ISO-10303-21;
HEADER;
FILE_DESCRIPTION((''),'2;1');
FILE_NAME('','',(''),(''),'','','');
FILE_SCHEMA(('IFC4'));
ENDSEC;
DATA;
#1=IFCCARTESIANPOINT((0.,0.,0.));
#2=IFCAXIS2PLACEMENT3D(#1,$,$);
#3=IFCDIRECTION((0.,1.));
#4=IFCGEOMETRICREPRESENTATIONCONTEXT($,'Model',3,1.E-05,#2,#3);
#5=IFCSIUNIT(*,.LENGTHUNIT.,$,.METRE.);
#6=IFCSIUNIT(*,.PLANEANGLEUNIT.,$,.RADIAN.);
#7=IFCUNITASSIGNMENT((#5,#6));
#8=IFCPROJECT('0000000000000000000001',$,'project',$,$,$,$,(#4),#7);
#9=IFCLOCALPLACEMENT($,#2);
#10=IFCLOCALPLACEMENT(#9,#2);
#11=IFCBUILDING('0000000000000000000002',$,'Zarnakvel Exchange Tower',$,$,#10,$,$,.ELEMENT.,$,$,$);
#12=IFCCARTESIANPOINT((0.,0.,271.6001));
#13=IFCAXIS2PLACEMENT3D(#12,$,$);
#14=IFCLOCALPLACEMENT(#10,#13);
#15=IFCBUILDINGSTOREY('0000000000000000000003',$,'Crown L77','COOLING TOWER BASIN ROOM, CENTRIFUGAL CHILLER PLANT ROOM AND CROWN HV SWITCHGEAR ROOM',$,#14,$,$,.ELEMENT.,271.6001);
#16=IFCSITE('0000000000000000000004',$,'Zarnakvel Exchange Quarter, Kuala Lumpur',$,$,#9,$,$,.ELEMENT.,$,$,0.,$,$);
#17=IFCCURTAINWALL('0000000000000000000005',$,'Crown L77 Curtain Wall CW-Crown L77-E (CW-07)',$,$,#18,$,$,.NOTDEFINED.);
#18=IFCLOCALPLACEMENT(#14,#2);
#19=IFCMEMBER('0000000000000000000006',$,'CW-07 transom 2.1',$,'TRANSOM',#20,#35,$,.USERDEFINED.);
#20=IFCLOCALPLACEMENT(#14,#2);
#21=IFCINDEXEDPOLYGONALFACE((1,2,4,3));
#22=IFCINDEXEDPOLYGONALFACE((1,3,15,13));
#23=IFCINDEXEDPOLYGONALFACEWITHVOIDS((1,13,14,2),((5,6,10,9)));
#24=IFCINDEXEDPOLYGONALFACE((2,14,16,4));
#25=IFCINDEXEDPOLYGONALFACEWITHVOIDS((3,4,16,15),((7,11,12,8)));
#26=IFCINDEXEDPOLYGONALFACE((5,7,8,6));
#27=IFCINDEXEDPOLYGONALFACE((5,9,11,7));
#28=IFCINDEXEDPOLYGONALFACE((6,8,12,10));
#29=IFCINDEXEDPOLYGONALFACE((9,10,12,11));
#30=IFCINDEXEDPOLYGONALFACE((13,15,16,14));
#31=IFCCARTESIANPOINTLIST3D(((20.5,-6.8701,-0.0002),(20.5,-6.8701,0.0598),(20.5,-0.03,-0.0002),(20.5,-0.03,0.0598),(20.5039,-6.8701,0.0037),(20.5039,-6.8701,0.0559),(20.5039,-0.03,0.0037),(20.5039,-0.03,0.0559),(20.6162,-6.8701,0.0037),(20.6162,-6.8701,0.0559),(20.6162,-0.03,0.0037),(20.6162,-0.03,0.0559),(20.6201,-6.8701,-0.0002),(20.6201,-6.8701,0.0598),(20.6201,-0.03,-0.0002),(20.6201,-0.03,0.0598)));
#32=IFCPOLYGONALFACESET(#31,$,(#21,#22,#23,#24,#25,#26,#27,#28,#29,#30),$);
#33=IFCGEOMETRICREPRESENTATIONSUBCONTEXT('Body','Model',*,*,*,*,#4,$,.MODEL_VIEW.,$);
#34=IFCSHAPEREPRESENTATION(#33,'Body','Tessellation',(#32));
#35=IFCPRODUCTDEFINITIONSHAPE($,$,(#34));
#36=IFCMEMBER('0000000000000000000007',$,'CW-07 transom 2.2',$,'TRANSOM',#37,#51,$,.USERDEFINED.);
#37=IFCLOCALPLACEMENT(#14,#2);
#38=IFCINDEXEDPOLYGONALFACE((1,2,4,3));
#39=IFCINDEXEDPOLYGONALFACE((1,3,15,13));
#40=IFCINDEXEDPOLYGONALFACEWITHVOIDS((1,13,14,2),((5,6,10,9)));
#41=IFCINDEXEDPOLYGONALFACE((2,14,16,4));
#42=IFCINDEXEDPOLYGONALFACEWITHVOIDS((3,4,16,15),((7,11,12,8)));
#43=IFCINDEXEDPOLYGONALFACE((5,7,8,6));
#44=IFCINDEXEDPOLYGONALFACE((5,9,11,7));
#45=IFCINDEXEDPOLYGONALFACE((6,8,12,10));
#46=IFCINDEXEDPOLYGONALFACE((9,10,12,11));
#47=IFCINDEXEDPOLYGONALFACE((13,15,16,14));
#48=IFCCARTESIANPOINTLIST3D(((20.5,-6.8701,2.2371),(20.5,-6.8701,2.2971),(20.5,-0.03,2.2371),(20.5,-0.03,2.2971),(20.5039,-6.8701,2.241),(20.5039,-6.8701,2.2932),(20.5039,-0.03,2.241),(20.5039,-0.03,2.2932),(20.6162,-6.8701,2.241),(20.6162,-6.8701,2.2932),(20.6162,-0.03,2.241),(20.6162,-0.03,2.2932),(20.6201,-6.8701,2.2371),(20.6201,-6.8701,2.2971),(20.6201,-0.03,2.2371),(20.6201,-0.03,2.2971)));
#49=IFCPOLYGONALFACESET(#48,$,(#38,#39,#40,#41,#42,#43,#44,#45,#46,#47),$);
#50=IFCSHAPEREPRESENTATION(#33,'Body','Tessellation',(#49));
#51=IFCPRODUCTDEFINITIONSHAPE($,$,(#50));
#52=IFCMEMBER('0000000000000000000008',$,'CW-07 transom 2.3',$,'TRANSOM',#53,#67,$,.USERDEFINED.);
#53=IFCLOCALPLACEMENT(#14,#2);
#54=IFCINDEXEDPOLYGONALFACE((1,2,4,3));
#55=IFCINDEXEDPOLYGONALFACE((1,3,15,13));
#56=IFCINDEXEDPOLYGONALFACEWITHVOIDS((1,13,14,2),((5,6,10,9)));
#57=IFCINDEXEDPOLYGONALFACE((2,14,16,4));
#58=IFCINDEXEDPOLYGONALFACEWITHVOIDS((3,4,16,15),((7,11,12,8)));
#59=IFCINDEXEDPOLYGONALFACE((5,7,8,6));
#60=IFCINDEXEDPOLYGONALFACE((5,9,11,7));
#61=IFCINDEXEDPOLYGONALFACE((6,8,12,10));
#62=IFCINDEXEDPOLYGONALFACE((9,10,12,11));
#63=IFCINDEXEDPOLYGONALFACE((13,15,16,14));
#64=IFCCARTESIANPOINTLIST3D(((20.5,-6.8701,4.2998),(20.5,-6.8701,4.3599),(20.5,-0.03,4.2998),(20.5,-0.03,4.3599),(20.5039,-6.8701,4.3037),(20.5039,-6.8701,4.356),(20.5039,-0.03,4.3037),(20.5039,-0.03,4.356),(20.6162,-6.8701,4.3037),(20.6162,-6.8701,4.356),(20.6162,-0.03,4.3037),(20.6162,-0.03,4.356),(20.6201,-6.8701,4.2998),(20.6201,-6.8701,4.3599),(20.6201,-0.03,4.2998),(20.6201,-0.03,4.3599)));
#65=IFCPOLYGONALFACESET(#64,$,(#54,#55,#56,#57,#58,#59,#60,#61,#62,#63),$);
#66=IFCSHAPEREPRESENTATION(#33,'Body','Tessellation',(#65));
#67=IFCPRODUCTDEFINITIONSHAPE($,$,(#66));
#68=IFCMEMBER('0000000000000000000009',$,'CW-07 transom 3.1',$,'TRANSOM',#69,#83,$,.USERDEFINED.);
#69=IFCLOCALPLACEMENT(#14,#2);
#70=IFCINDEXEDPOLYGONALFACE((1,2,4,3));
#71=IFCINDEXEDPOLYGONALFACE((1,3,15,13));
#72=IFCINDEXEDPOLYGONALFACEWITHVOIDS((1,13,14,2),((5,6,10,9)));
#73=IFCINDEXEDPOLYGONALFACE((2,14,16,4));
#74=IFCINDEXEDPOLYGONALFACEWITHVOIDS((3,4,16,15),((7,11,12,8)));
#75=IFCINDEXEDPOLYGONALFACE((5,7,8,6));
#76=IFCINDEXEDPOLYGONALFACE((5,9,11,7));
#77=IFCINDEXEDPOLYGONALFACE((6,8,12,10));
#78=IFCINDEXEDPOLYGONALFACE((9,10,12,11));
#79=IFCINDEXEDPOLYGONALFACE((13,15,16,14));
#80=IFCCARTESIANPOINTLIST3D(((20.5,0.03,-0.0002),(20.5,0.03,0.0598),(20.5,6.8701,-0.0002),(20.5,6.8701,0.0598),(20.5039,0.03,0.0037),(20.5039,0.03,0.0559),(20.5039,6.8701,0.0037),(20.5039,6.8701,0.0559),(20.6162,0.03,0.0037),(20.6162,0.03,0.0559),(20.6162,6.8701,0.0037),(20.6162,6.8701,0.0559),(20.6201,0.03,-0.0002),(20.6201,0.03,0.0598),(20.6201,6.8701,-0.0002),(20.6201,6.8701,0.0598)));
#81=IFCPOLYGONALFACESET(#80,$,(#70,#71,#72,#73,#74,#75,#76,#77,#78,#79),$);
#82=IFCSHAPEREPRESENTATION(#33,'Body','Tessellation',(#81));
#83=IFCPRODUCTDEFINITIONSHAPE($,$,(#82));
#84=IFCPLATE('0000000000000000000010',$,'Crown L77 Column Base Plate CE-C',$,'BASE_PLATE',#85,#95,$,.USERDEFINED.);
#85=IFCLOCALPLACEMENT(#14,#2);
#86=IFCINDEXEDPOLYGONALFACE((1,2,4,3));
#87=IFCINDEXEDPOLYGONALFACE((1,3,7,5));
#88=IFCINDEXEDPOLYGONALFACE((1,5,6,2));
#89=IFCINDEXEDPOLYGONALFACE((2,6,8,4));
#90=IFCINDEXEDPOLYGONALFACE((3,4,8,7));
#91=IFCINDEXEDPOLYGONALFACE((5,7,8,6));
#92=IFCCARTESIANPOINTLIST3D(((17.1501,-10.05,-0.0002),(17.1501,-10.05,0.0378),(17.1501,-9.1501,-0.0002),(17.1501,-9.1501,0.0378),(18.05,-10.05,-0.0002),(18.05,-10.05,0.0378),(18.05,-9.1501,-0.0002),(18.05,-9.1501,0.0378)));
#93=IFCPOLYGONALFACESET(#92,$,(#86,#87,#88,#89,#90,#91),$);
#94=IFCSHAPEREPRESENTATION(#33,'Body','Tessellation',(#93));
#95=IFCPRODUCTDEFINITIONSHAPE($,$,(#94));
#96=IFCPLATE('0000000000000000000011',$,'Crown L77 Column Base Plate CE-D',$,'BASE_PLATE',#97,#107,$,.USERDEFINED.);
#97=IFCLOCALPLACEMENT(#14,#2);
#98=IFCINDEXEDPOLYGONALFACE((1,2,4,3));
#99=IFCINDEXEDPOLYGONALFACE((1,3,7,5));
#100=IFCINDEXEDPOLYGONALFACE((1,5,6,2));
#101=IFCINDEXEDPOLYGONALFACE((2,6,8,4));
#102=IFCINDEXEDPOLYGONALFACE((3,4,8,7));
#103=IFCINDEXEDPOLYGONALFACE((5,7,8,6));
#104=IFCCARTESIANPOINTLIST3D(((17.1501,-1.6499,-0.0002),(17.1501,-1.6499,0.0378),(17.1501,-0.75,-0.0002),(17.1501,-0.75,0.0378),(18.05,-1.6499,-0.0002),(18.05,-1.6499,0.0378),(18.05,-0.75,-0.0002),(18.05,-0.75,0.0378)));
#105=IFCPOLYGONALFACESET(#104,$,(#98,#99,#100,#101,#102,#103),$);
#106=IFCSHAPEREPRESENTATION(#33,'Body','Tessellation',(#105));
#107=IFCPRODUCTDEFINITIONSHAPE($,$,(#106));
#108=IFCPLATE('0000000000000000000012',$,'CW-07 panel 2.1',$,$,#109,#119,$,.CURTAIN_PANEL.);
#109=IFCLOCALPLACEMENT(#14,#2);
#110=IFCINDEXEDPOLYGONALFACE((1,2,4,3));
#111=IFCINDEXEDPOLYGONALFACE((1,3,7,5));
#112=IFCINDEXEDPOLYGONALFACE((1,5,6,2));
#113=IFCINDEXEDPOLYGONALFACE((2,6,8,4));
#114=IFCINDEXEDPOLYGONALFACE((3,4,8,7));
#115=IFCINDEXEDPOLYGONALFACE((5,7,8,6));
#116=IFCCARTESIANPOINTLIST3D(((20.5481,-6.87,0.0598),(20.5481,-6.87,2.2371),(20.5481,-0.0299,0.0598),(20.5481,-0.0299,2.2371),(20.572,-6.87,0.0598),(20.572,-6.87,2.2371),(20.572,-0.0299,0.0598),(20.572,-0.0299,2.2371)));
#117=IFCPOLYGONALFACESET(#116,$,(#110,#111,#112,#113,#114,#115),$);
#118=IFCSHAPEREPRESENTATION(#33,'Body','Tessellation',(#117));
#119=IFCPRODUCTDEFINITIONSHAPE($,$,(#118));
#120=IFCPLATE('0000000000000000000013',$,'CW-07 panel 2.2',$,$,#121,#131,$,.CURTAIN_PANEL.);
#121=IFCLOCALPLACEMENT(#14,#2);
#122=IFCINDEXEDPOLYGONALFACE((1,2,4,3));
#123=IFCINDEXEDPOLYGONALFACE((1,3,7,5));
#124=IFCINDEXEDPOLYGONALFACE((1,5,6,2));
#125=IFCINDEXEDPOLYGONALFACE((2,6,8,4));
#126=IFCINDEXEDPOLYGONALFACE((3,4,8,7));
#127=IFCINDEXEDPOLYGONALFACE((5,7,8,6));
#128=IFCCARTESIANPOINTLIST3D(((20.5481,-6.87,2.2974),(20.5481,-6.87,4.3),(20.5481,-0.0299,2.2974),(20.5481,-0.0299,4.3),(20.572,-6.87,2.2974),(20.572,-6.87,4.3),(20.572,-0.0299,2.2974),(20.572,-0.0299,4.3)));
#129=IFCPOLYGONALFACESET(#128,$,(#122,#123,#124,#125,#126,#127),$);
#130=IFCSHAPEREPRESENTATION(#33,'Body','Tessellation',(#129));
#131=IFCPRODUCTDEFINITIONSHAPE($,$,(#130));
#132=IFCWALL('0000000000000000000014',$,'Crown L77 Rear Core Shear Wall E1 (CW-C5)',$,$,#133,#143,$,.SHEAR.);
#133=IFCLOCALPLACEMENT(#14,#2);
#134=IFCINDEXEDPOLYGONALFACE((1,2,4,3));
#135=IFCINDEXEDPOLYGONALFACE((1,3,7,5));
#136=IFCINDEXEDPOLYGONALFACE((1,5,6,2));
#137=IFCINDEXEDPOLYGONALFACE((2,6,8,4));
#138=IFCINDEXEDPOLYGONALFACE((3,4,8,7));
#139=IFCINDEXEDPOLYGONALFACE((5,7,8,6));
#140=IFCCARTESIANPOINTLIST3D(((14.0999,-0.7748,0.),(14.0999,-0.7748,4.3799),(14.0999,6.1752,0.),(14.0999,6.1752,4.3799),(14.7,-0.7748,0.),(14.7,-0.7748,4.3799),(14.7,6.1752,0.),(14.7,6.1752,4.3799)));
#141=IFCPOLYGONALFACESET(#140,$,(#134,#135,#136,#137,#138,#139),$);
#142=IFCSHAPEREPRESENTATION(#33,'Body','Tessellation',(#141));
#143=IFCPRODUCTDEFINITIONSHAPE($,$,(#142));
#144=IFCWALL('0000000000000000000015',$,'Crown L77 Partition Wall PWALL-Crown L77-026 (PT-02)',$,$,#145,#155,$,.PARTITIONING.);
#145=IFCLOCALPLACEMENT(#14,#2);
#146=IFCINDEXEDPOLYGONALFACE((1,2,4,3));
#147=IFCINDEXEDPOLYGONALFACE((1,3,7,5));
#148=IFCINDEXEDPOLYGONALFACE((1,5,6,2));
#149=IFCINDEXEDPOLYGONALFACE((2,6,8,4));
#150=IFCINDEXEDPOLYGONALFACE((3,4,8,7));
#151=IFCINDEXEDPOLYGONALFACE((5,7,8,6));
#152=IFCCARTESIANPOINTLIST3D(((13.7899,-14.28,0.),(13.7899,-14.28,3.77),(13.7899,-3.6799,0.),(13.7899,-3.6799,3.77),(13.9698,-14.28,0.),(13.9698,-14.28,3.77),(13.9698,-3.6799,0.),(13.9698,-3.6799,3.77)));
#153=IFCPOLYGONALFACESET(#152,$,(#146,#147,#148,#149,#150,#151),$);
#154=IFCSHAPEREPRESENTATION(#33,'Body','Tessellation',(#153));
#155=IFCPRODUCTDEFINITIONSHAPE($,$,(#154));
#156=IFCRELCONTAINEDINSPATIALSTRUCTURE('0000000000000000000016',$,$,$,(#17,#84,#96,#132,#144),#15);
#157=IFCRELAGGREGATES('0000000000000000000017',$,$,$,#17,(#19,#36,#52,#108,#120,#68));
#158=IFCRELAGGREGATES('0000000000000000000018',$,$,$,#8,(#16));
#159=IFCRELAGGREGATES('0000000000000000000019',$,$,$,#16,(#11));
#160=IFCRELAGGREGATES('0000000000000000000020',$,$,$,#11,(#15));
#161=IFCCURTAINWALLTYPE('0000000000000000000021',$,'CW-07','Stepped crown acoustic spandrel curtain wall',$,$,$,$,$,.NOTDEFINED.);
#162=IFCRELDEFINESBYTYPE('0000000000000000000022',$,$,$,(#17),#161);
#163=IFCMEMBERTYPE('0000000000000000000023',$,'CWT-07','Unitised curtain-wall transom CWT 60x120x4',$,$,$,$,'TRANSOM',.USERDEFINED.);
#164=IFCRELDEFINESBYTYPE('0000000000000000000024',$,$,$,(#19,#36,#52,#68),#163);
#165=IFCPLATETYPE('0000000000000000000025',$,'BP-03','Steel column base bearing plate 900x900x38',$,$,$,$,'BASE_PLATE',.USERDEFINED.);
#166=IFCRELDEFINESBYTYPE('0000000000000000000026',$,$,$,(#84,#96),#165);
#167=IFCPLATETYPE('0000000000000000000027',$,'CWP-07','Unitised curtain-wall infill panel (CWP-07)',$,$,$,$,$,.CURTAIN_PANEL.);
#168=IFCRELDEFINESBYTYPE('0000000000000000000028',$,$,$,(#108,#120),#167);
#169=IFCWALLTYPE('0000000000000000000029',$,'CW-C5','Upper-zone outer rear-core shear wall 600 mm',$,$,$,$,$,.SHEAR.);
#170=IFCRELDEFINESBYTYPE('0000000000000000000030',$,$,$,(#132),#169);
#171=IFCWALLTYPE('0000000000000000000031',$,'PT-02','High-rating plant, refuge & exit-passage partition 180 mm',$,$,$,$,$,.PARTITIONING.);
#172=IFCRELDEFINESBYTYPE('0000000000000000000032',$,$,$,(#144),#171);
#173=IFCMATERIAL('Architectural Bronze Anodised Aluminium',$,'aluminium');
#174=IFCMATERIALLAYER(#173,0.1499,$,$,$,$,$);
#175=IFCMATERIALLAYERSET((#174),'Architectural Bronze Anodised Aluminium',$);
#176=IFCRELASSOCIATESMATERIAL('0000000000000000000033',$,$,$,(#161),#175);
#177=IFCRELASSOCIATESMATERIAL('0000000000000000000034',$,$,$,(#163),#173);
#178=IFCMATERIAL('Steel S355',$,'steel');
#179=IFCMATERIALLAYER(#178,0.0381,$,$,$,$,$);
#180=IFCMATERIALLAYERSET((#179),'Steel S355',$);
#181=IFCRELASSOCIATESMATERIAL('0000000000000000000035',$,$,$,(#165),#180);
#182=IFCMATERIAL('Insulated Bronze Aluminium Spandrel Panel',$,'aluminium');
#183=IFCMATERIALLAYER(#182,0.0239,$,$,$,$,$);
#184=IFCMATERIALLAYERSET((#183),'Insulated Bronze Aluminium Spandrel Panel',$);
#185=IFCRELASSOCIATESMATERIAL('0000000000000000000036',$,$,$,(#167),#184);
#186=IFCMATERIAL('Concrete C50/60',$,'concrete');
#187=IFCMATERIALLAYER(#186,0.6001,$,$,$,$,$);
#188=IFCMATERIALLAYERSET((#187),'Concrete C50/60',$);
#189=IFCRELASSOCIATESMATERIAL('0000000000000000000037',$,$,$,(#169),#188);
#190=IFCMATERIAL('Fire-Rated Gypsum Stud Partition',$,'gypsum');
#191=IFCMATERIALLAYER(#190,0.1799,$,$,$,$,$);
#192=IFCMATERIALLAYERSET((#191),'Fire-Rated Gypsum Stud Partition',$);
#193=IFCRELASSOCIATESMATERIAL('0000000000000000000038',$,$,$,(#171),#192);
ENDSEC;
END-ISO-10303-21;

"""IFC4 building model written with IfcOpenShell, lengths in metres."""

from ifc_helpers import new_model, si_unit, direction, frame, frame_2d, origin, origin_2d, place, context, subcontext, project, spatial, rectangle, hollow_rectangle, extrude, source, transform, mapped, material, layer, layer_set, material_profile, profile_set, type_object, element, aggregate, save


model = new_model("IFC4")

# Units and contexts
model_context = context("Model", 3, precision=1e-05, world=origin(), true_north=direction((0.0, 1.0)))
body_context = subcontext(model_context, "Body", "Model", "MODEL_VIEW")
ifc_project = project(units=[si_unit("LENGTHUNIT", "METRE"), si_unit("PLANEANGLEUNIT", "RADIAN")], contexts=[model_context])

# Site, building, storey
site_placement = place(None, origin())
site = spatial("IfcSite", under=ifc_project, at=site_placement, Name="Zarnakvel Exchange Quarter, Kuala Lumpur", CompositionType="ELEMENT", RefElevation=0.0)
building_placement = place(site_placement, origin())
building = spatial("IfcBuilding", under=site, at=building_placement, Name="Zarnakvel Exchange Tower", CompositionType="ELEMENT")
storey_placement = place(building_placement, frame((0.0, 0.0, 271.6001)))
storey = spatial("IfcBuildingStorey", under=building, at=storey_placement, Name="Crown L77", Description="COOLING TOWER BASIN ROOM, CENTRIFUGAL CHILLER PLANT ROOM AND CROWN HV SWITCHGEAR ROOM", CompositionType="ELEMENT", Elevation=271.6001)

# Shared definitions
ifc_material_1 = material(Name="Concrete C50/60", Category="concrete")
ifc_material_2 = material(Name="Steel S355", Category="steel")

# Curtain wall, members
ifc_material_3 = material(Name="Architectural Bronze Anodised Aluminium", Category="aluminium")
ifc_layer_1 = layer(ifc_material_3, 0.1499)
ifc_layer_set_1 = layer_set([ifc_layer_1], Name="Architectural Bronze Anodised Aluminium")
curtain_wall_type = type_object("IfcCurtainWallType", Name="CW-07", Description="Stepped crown acoustic spandrel curtain wall", PredefinedType="NOTDEFINED", material=ifc_layer_set_1)
curtain_wall_placement = place(storey_placement, origin())
curtain_wall = element("IfcCurtainWall", 1, at=curtain_wall_placement, inside=storey, type_object=curtain_wall_type, Name="Crown L77 Curtain Wall CW-Crown L77-E (CW-07)", PredefinedType="NOTDEFINED")
ifc_material_profile_1 = material_profile(ifc_material_3, hollow_rectangle(XDim=0.1201, YDim=0.0601, WallThickness=0.0039, at=origin_2d()))
ifc_profile_set_1 = profile_set([ifc_material_profile_1], Name="Architectural Bronze Anodised Aluminium")
member_type_1 = type_object("IfcMemberType", Name="CWT-07", Description="Unitised curtain-wall transom CWT 60x120x4", ElementType="TRANSOM", PredefinedType="USERDEFINED", material=ifc_profile_set_1)
shared_shape_1 = source(origin(), body_context, "Body", "SweptSolid", [
    extrude(hollow_rectangle(XDim=0.1201, YDim=0.0601, WallThickness=0.0039, at=origin_2d()), origin(), (0.0, 0.0, 1.0), 6.8401),
])
member_1_placement = place(storey_placement, frame((20.5601, -6.8701, 0.0298), z_axis=(0.0, 1.0, 0.0), x_axis=(-1.0, 0.0, 0.0)))
member_1 = element("IfcMember", 2, at=member_1_placement, type_object=member_type_1, Name="CW-07 transom 2.1", ObjectType="TRANSOM", PredefinedType="USERDEFINED", context=body_context, shape_type="MappedRepresentation", body=[
    mapped(shared_shape_1, transform((0.0, 0.0, 0.0), x_axis=(1.0, 0.0, 0.0), y_axis=(0.0, 1.0, 0.0), z_axis=(0.0, 0.0, 1.0), scale=1.0)),
])
member_2_placement = place(storey_placement, frame((20.5601, -6.8701, 2.2671), z_axis=(0.0, 1.0, 0.0), x_axis=(-1.0, 0.0, 0.0)))
member_2 = element("IfcMember", 3, at=member_2_placement, type_object=member_type_1, Name="CW-07 transom 2.2", ObjectType="TRANSOM", PredefinedType="USERDEFINED", context=body_context, shape_type="MappedRepresentation", body=[
    mapped(shared_shape_1, transform((0.0, 0.0, 0.0), x_axis=(1.0, 0.0, 0.0), y_axis=(0.0, 1.0, 0.0), z_axis=(0.0, 0.0, 1.0), scale=1.0)),
])
member_3_placement = place(storey_placement, frame((20.5601, -6.8701, 4.3298), z_axis=(0.0, 1.0, 0.0), x_axis=(-1.0, 0.0, 0.0)))
member_3 = element("IfcMember", 4, at=member_3_placement, type_object=member_type_1, Name="CW-07 transom 2.3", ObjectType="TRANSOM", PredefinedType="USERDEFINED", context=body_context, shape_type="MappedRepresentation", body=[
    mapped(shared_shape_1, transform((0.0, 0.0, 0.0), x_axis=(1.0, 0.0, 0.0), y_axis=(0.0, 1.0, 0.0), z_axis=(0.0, 0.0, 1.0), scale=1.0)),
])
member_4_placement = place(storey_placement, frame((20.5601, 0.03, 0.0298), z_axis=(0.0, 1.0, 0.0), x_axis=(-1.0, 0.0, 0.0)))
member_4 = element("IfcMember", 5, at=member_4_placement, type_object=member_type_1, Name="CW-07 transom 3.1", ObjectType="TRANSOM", PredefinedType="USERDEFINED", context=body_context, shape_type="MappedRepresentation", body=[
    mapped(shared_shape_1, transform((0.0, 0.0, 0.0), x_axis=(1.0, 0.0, 0.0), y_axis=(0.0, 1.0, 0.0), z_axis=(0.0, 0.0, 1.0), scale=1.0)),
])

# Plates
ifc_layer_2 = layer(ifc_material_2, 0.0381)
ifc_layer_set_2 = layer_set([ifc_layer_2], Name="Steel S355")
plate_type_1 = type_object("IfcPlateType", Name="BP-03", Description="Steel column base bearing plate 900x900x38", ElementType="BASE_PLATE", PredefinedType="USERDEFINED", material=ifc_layer_set_2)
shared_shape_2 = source(origin(), body_context, "Body", "SweptSolid", [
    extrude(rectangle(XDim=0.8999, YDim=0.8999, at=origin_2d()), origin(), (0.0, 0.0, 1.0), 0.0381),
])
for number, where, z_axis, x_axis, name in (
    (6, (17.6001, -9.6001, -0.0002), (0.0, 0.0, 1.0), (1.0, 0.0, 0.0), "Crown L77 Column Base Plate CE-C"),
    (7, (17.6001, -1.2, -0.0002), (0.0, 0.0, 1.0), (1.0, 0.0, 0.0), "Crown L77 Column Base Plate CE-D"),
):
    element("IfcPlate", number, at=place(storey_placement, frame(where, z_axis=z_axis, x_axis=x_axis)), inside=storey, type_object=plate_type_1, Name=name, ObjectType="BASE_PLATE", PredefinedType="USERDEFINED", context=body_context, shape_type="MappedRepresentation", body=[
        mapped(shared_shape_2, transform((0.0, 0.0, 0.0), x_axis=(1.0, 0.0, 0.0), y_axis=(0.0, 1.0, 0.0), z_axis=(0.0, 0.0, 1.0), scale=1.0)),
    ])

# Plates
ifc_material_4 = material(Name="Insulated Bronze Aluminium Spandrel Panel", Category="aluminium")
ifc_layer_3 = layer(ifc_material_4, 0.0239)
ifc_layer_set_3 = layer_set([ifc_layer_3], Name="Insulated Bronze Aluminium Spandrel Panel")
plate_type_2 = type_object("IfcPlateType", Name="CWP-07", Description="Unitised curtain-wall infill panel (CWP-07)", PredefinedType="CURTAIN_PANEL", material=ifc_layer_set_3)
shared_shape_3 = source(origin(), body_context, "Body", "SweptSolid", [
    extrude(rectangle(XDim=6.8401, YDim=0.0239, at=origin_2d()), origin(), (0.0, 0.0, 1.0), 2.1772),
])
plate_1_placement = place(storey_placement, frame((20.5601, -3.45, 0.0598), z_axis=(0.0, 0.0, 1.0), x_axis=(0.0, 1.0, 0.0)))
plate_1 = element("IfcPlate", 8, at=plate_1_placement, type_object=plate_type_2, Name="CW-07 panel 2.1", PredefinedType="CURTAIN_PANEL", context=body_context, shape_type="MappedRepresentation", body=[
    mapped(shared_shape_3, transform((0.0, 0.0, 0.0), x_axis=(1.0, 0.0, 0.0), y_axis=(0.0, 1.0, 0.0), z_axis=(0.0, 0.0, 1.0), scale=1.0)),
])
shared_shape_4 = source(origin(), body_context, "Body", "SweptSolid", [
    extrude(rectangle(XDim=6.8401, YDim=0.0239, at=origin_2d()), origin(), (0.0, 0.0, 1.0), 2.0027),
])
plate_2_placement = place(storey_placement, frame((20.5601, -3.45, 2.2974), z_axis=(0.0, 0.0, 1.0), x_axis=(0.0, 1.0, 0.0)))
plate_2 = element("IfcPlate", 9, at=plate_2_placement, type_object=plate_type_2, Name="CW-07 panel 2.2", PredefinedType="CURTAIN_PANEL", context=body_context, shape_type="MappedRepresentation", body=[
    mapped(shared_shape_4, transform((0.0, 0.0, 0.0), x_axis=(1.0, 0.0, 0.0), y_axis=(0.0, 1.0, 0.0), z_axis=(0.0, 0.0, 1.0), scale=1.0)),
])
aggregate(curtain_wall, [member_1, member_2, member_3, plate_1, plate_2, member_4])

# Wall
ifc_layer_4 = layer(ifc_material_1, 0.6001)
ifc_layer_set_4 = layer_set([ifc_layer_4], Name="Concrete C50/60")
wall_type_1 = type_object("IfcWallType", Name="CW-C5", Description="Upper-zone outer rear-core shear wall 600 mm", PredefinedType="SHEAR", material=ifc_layer_set_4)
wall_1_placement = place(storey_placement, frame((14.3999, -0.7749, 0.0), z_axis=(0.0, 0.0, 1.0), x_axis=(0.0, 1.0, 0.0)))
element("IfcWall", 10, at=wall_1_placement, inside=storey, type_object=wall_type_1, Name="Crown L77 Rear Core Shear Wall E1 (CW-C5)", PredefinedType="SHEAR", context=body_context, shape_type="SweptSolid", body=[
    extrude(rectangle(XDim=6.95, YDim=0.6001, at=frame_2d((3.4751, 0.0))), origin(), (0.0, 0.0, 1.0), 4.3799),
])

# Wall
ifc_material_5 = material(Name="Fire-Rated Gypsum Stud Partition", Category="gypsum")
ifc_layer_5 = layer(ifc_material_5, 0.1799)
ifc_layer_set_5 = layer_set([ifc_layer_5], Name="Fire-Rated Gypsum Stud Partition")
wall_type_2 = type_object("IfcWallType", Name="PT-02", Description="High-rating plant, refuge & exit-passage partition 180 mm", PredefinedType="PARTITIONING", material=ifc_layer_set_5)
wall_2_placement = place(storey_placement, frame((13.8799, -3.6799, 0.0), z_axis=(0.0, 0.0, 1.0), x_axis=(0.0, -1.0, 0.0)))
element("IfcWall", 11, at=wall_2_placement, inside=storey, type_object=wall_type_2, Name="Crown L77 Partition Wall PWALL-Crown L77-026 (PT-02)", PredefinedType="PARTITIONING", context=body_context, shape_type="SweptSolid", body=[
    extrude(rectangle(XDim=10.6001, YDim=0.1799, at=frame_2d((5.3, 0.0))), origin(), (0.0, 0.0, 1.0), 3.77),
])

save(model, "model.ifc")
